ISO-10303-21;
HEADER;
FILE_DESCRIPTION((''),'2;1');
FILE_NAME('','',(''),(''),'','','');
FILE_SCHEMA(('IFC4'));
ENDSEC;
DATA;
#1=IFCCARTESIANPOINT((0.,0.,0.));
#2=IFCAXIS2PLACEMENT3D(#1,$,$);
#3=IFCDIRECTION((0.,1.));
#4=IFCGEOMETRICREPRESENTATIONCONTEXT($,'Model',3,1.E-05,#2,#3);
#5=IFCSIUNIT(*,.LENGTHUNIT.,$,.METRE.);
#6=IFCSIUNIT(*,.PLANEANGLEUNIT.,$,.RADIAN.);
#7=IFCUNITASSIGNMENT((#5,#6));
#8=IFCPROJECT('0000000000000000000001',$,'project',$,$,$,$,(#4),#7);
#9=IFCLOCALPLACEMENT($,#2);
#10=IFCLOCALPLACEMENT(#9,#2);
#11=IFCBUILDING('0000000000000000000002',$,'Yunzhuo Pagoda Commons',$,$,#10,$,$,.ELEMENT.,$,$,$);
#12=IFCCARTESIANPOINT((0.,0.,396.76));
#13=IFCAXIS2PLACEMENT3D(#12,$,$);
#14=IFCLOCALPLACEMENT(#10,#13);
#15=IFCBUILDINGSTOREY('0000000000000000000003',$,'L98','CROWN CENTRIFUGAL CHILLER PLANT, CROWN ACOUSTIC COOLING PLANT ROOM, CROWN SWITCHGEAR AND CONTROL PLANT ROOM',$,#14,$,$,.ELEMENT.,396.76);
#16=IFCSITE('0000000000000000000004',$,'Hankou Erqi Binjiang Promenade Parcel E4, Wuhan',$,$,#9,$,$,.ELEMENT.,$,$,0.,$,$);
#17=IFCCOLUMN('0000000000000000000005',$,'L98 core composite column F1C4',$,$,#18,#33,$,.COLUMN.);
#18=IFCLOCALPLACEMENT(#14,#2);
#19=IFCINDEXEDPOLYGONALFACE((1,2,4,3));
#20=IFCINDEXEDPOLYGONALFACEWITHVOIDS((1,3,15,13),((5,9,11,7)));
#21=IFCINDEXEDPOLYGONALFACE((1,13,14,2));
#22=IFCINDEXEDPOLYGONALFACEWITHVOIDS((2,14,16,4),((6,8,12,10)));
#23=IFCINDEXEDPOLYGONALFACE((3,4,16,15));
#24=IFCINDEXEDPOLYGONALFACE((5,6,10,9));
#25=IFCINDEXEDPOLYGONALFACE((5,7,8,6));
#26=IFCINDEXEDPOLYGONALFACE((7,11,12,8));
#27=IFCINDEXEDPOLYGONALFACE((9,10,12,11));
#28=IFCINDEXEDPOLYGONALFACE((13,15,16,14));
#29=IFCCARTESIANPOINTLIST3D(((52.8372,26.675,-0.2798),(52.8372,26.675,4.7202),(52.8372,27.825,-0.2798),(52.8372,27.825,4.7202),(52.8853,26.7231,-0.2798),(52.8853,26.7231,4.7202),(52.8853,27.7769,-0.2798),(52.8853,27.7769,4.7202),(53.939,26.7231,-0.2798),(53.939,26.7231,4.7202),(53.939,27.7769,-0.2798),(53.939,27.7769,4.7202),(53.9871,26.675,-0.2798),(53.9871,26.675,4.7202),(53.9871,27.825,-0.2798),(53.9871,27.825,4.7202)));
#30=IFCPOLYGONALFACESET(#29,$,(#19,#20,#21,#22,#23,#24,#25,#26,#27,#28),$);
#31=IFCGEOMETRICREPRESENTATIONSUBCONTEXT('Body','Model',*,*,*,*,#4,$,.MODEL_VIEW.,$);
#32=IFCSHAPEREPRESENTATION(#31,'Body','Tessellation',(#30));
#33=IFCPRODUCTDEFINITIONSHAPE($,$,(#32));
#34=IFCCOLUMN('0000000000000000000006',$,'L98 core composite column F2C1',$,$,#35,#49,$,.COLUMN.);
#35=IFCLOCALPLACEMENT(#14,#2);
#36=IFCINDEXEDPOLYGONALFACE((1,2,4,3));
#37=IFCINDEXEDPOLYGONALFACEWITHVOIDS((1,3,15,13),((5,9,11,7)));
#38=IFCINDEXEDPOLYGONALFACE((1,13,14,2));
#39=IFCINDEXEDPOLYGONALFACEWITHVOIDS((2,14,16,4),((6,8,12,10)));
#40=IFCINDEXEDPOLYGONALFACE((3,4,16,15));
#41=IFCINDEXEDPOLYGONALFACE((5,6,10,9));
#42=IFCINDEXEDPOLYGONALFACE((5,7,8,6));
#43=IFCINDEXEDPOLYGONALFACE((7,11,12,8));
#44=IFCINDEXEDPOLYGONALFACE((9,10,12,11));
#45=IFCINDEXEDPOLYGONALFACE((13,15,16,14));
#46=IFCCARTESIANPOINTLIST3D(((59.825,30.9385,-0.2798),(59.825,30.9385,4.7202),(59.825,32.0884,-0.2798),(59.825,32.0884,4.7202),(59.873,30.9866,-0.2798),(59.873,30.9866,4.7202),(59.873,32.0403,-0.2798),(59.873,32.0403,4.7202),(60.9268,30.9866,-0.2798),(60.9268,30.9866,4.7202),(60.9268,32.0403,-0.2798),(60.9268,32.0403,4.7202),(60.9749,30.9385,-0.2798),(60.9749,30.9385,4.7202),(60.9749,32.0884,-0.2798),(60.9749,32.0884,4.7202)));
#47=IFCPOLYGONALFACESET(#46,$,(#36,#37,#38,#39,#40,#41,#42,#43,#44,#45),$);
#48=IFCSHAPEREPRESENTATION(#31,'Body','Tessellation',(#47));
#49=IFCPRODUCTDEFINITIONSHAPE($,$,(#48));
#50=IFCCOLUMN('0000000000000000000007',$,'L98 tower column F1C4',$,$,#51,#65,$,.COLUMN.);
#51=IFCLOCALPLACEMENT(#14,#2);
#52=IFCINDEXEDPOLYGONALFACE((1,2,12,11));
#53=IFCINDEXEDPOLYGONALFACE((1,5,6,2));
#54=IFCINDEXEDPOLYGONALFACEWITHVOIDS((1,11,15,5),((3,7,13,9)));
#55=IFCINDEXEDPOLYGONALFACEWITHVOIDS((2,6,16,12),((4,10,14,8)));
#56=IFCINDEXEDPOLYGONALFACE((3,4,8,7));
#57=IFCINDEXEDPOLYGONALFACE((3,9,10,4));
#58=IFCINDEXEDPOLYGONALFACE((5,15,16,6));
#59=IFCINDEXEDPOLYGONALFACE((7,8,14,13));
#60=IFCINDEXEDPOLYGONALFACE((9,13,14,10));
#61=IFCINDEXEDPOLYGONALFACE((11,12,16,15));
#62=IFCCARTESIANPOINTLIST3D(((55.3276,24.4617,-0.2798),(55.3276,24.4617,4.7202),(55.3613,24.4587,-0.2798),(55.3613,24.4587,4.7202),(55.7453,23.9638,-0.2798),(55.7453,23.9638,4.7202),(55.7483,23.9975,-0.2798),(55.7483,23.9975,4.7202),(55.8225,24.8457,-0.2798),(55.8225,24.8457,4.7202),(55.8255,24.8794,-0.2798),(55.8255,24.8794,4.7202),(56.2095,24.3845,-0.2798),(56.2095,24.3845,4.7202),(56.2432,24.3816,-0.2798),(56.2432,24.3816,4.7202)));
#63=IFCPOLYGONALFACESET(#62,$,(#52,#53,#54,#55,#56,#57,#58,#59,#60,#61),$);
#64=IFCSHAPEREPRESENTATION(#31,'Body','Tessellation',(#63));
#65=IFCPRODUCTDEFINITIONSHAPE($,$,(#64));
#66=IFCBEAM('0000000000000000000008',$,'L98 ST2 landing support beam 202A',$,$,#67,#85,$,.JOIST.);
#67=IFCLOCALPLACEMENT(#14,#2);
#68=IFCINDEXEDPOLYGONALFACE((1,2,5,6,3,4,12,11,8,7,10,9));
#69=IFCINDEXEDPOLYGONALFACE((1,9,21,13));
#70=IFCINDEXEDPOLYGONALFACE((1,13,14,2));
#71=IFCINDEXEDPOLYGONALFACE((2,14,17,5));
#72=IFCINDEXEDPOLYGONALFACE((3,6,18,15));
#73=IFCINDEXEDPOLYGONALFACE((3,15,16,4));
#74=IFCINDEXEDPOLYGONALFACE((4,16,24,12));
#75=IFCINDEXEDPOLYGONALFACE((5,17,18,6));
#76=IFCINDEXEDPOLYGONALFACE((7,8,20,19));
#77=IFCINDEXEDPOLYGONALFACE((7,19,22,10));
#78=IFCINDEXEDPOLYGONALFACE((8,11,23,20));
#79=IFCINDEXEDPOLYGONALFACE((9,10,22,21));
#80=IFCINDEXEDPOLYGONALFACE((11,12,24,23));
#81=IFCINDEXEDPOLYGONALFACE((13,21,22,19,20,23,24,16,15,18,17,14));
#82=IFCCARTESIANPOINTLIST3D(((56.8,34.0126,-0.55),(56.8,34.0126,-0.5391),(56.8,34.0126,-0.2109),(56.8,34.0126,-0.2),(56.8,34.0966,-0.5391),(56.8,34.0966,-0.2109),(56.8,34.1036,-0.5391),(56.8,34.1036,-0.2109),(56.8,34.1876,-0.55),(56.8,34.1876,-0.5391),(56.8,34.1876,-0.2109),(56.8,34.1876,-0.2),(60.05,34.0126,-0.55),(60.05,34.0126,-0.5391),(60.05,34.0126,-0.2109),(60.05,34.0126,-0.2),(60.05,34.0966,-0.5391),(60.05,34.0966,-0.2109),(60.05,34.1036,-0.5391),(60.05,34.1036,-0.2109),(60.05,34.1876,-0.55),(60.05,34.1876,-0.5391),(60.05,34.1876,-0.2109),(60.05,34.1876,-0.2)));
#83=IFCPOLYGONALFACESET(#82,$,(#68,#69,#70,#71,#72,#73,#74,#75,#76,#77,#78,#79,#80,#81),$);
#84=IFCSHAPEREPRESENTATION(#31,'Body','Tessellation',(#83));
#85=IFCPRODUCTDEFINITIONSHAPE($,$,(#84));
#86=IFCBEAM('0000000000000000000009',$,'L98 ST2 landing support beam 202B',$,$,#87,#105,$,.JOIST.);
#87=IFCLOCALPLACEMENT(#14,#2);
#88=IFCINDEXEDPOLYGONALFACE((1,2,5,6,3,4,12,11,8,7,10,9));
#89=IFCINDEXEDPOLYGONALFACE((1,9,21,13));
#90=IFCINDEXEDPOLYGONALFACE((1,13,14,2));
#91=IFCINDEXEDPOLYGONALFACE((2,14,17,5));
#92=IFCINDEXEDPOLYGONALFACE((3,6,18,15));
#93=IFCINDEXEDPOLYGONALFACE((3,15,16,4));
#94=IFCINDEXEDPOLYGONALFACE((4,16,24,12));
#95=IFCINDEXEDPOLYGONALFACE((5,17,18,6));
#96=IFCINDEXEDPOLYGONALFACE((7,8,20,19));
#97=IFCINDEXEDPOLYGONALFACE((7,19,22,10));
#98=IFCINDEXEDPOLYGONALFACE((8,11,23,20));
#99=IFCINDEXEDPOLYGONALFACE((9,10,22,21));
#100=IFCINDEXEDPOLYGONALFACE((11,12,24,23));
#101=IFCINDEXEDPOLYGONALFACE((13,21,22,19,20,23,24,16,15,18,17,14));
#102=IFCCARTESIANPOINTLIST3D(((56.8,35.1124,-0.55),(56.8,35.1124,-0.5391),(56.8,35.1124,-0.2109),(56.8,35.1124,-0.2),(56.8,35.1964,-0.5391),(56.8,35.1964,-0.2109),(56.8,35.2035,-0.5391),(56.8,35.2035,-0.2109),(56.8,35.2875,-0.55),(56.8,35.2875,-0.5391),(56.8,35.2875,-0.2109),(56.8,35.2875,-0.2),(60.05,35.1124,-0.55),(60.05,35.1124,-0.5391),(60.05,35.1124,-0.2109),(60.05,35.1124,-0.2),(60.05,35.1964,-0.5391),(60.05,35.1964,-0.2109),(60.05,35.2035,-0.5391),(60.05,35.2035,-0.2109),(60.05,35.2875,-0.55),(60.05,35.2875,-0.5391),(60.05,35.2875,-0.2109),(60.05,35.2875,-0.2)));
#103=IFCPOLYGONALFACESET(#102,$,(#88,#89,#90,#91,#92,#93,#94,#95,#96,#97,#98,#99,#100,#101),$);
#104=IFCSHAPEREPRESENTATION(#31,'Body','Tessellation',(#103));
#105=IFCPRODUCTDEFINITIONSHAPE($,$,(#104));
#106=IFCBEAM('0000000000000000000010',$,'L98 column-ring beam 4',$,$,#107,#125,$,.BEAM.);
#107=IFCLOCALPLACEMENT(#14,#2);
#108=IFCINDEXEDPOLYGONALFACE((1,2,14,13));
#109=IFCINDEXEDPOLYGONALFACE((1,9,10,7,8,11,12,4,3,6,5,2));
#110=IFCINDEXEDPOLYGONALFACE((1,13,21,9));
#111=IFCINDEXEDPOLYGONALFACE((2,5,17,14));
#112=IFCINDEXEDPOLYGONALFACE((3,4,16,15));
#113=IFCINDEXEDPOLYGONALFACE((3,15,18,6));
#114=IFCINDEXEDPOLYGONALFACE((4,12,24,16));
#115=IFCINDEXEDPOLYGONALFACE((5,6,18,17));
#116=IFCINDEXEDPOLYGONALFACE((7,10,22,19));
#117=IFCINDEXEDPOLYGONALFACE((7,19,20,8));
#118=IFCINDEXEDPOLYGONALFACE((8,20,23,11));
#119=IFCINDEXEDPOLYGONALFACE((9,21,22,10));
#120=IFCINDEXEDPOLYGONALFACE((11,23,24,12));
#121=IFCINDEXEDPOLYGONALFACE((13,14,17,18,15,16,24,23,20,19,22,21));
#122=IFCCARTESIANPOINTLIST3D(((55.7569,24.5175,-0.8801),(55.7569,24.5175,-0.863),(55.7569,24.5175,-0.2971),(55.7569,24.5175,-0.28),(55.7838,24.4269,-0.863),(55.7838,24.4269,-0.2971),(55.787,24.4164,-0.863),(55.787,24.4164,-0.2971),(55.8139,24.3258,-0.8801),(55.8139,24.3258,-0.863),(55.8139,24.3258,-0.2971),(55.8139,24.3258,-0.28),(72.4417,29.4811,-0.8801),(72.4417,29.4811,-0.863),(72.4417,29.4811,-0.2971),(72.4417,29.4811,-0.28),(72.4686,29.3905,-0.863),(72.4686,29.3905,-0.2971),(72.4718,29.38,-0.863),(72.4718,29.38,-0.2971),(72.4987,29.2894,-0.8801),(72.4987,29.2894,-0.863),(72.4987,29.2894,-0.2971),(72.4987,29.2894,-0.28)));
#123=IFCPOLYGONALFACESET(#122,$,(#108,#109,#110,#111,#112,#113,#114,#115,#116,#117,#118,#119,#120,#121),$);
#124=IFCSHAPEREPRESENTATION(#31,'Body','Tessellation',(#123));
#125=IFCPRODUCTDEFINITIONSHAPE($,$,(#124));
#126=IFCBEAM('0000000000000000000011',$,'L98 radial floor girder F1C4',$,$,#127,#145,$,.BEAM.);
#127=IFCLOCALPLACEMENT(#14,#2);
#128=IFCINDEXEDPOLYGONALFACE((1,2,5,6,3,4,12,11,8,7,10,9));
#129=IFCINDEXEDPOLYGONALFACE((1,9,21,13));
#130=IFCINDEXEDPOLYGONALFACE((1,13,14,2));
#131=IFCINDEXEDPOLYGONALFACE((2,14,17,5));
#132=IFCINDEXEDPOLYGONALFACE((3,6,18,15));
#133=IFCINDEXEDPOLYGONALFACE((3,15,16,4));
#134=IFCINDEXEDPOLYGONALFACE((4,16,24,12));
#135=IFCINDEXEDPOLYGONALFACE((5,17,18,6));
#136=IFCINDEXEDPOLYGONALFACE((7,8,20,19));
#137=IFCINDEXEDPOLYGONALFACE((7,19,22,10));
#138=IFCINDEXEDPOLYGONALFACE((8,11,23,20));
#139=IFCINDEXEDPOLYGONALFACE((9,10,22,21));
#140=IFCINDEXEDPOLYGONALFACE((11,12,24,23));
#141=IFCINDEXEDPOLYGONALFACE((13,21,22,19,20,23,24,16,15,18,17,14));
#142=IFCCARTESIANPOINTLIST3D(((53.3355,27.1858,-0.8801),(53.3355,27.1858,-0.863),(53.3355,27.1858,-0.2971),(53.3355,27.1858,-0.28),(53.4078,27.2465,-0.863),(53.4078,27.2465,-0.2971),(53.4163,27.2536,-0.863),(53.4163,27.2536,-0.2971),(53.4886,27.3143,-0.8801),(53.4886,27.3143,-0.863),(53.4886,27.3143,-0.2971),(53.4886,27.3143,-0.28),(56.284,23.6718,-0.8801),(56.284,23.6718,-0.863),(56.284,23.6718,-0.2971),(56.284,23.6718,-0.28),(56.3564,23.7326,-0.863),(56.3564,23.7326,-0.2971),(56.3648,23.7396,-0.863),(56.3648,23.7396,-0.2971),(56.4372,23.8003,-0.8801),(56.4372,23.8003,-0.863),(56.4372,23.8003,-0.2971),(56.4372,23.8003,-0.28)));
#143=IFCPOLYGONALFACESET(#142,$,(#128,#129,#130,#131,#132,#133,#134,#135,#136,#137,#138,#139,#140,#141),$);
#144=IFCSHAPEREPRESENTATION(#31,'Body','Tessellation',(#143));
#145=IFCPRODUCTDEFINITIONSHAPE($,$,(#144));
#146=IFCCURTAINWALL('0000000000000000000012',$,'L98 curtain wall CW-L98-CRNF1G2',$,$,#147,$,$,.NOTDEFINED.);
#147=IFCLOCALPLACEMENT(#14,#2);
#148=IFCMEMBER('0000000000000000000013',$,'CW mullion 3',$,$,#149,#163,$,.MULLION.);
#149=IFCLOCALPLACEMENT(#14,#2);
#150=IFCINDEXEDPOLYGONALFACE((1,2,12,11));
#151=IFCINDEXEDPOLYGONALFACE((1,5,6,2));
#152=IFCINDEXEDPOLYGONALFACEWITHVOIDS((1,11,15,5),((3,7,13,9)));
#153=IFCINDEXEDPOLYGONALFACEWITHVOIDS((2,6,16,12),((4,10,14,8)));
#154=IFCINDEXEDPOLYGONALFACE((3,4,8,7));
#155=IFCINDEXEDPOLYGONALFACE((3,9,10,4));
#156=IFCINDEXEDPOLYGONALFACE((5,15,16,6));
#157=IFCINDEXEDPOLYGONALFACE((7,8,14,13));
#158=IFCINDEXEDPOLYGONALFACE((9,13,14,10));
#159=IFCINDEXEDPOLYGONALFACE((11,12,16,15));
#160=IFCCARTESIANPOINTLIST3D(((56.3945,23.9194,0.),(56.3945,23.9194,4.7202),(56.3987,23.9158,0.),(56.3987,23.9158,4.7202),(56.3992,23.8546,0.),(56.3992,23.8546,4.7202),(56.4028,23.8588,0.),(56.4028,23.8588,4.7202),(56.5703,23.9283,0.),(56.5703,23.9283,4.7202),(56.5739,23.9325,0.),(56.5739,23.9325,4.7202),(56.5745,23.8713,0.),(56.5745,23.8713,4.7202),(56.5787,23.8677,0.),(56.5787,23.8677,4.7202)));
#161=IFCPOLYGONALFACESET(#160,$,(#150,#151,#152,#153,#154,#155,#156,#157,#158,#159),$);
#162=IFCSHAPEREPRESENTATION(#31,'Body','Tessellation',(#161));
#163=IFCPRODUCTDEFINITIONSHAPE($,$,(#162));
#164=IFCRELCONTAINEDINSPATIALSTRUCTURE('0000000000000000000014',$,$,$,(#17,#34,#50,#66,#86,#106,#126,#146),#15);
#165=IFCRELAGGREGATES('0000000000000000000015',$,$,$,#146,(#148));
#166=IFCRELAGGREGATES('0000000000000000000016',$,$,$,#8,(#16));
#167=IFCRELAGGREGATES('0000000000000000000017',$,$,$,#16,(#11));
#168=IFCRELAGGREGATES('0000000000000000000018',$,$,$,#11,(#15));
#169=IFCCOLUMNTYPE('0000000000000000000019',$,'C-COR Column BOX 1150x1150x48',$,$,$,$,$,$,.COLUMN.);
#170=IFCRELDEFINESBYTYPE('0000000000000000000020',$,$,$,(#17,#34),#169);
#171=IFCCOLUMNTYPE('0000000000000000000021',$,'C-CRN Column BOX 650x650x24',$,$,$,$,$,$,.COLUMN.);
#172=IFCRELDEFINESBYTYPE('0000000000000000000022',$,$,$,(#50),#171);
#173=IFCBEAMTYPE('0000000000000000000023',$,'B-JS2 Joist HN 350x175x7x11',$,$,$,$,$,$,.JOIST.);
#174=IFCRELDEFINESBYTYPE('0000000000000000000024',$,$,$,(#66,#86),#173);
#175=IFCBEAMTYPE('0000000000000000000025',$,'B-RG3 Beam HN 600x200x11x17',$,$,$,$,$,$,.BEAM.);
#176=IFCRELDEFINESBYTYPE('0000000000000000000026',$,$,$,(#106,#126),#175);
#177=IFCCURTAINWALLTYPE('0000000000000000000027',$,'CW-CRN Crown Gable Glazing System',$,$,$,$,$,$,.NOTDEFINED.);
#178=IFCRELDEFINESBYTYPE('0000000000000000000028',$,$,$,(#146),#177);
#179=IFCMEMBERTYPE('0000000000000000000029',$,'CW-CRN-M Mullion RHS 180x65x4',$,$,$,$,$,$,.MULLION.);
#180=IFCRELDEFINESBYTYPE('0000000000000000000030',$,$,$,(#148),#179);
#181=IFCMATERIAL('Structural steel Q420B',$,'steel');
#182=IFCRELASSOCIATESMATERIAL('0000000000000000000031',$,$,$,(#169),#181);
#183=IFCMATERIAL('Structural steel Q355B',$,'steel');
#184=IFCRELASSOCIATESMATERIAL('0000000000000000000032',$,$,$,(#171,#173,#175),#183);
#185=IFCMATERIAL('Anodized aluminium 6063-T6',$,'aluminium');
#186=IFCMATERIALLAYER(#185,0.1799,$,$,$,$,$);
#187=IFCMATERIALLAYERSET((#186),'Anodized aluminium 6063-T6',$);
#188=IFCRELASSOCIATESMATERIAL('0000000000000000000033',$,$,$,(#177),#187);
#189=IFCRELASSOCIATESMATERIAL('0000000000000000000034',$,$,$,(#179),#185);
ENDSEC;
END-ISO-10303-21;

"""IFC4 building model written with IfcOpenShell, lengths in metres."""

from ifc_helpers import new_model, si_unit, direction, frame, origin, origin_2d, place, context, subcontext, project, spatial, hollow_rectangle, i_section, extrude, source, transform, mapped, material, layer, layer_set, material_profile, profile_set, type_object, element, aggregate, save


model = new_model("IFC4")

# Units and contexts
model_context = context("Model", 3, precision=1e-05, world=origin(), true_north=direction((0.0, 1.0)))
body_context = subcontext(model_context, "Body", "Model", "MODEL_VIEW")
ifc_project = project(units=[si_unit("LENGTHUNIT", "METRE"), si_unit("PLANEANGLEUNIT", "RADIAN")], contexts=[model_context])

# Site, building, storey
site_placement = place(None, origin())
site = spatial("IfcSite", under=ifc_project, at=site_placement, Name="Hankou Erqi Binjiang Promenade Parcel E4, Wuhan", CompositionType="ELEMENT", RefElevation=0.0)
building_placement = place(site_placement, origin())
building = spatial("IfcBuilding", under=site, at=building_placement, Name="Yunzhuo Pagoda Commons", CompositionType="ELEMENT")
storey_placement = place(building_placement, frame((0.0, 0.0, 396.76)))
storey = spatial("IfcBuildingStorey", under=building, at=storey_placement, Name="L98", Description="CROWN CENTRIFUGAL CHILLER PLANT, CROWN ACOUSTIC COOLING PLANT ROOM, CROWN SWITCHGEAR AND CONTROL PLANT ROOM", CompositionType="ELEMENT", Elevation=396.76)

# Columns
ifc_material_1 = material(Name="Structural steel Q420B", Category="steel")
ifc_material_profile_1 = material_profile(ifc_material_1, hollow_rectangle(XDim=1.1499, YDim=1.1499, WallThickness=0.0481, at=origin_2d()), Name="Structural steel Q420B")
ifc_profile_set_1 = profile_set([ifc_material_profile_1], Name="Structural steel Q420B")
column_type_1 = type_object("IfcColumnType", Name="C-COR Column BOX 1150x1150x48", PredefinedType="COLUMN", material=ifc_profile_set_1)
shared_shape_1 = source(origin(), body_context, "Body", "SweptSolid", [
    extrude(hollow_rectangle(XDim=1.1499, YDim=1.1499, WallThickness=0.0481, at=origin_2d()), origin(), (0.0, 0.0, 1.0), 5.0),
])
for number, where, z_axis, x_axis, name in (
    (1, (53.4121, 27.25, -0.2798), (0.0, 0.0, 1.0), (1.0, 0.0, 0.0), "L98 core composite column F1C4"),
    (2, (60.3999, 31.5134, -0.2798), (0.0, 0.0, 1.0), (1.0, 0.0, 0.0), "L98 core composite column F2C1"),
):
    element("IfcColumn", number, at=place(storey_placement, frame(where, z_axis=z_axis, x_axis=x_axis)), inside=storey, type_object=column_type_1, Name=name, PredefinedType="COLUMN", context=body_context, shape_type="MappedRepresentation", body=[
        mapped(shared_shape_1, transform((0.0, 0.0, 0.0), scale=1.0)),
    ])
ifc_material_2 = material(Name="Structural steel Q355B", Category="steel")
ifc_material_profile_2 = material_profile(ifc_material_2, hollow_rectangle(XDim=0.6499, YDim=0.6499, WallThickness=0.0239, at=origin_2d()), Name="Structural steel Q355B")
ifc_profile_set_2 = profile_set([ifc_material_profile_2], Name="Structural steel Q355B")
column_type_2 = type_object("IfcColumnType", Name="C-CRN Column BOX 650x650x24", PredefinedType="COLUMN", material=ifc_profile_set_2)
shared_shape_2 = source(origin(), body_context, "Body", "SweptSolid", [
    extrude(hollow_rectangle(XDim=0.6499, YDim=0.6499, WallThickness=0.0239, at=origin_2d()), origin(), (0.0, 0.0, 1.0), 5.0),
])
column_placement = place(storey_placement, frame((55.7854, 24.4216, -0.2798), z_axis=(0.0, 0.0, 1.0), x_axis=(0.766044, 0.642788, 0.0)))
element("IfcColumn", 3, at=column_placement, inside=storey, type_object=column_type_2, Name="L98 tower column F1C4", PredefinedType="COLUMN", context=body_context, shape_type="MappedRepresentation", body=[
    mapped(shared_shape_2, transform((0.0, 0.0, 0.0), scale=1.0)),
])

# Beams
ifc_material_profile_3 = material_profile(ifc_material_2, i_section(OverallWidth=0.175, OverallDepth=0.3501, WebThickness=0.0071, FlangeThickness=0.011, at=origin_2d()), Name="Structural steel Q355B")
ifc_profile_set_3 = profile_set([ifc_material_profile_3], Name="Structural steel Q355B")
beam_type_1 = type_object("IfcBeamType", Name="B-JS2 Joist HN 350x175x7x11", PredefinedType="JOIST", material=ifc_profile_set_3)
shared_shape_3 = source(origin(), body_context, "Body", "SweptSolid", [
    extrude(i_section(OverallWidth=0.175, OverallDepth=0.3501, WebThickness=0.0071, FlangeThickness=0.011, at=origin_2d()), origin(), (0.0, 0.0, 1.0), 3.25),
])
for number, where, z_axis, x_axis, name in (
    (4, (56.8, 34.1001, -0.375), (1.0, 0.0, 0.0), (0.0, 1.0, 0.0), "L98 ST2 landing support beam 202A"),
    (5, (56.8, 35.2, -0.375), (1.0, 0.0, 0.0), (0.0, 1.0, 0.0), "L98 ST2 landing support beam 202B"),
):
    element("IfcBeam", number, at=place(storey_placement, frame(where, z_axis=z_axis, x_axis=x_axis)), inside=storey, type_object=beam_type_1, Name=name, PredefinedType="JOIST", context=body_context, shape_type="MappedRepresentation", body=[
        mapped(shared_shape_3, transform((0.0, 0.0, 0.0), scale=1.0)),
    ])
ifc_material_profile_4 = material_profile(ifc_material_2, i_section(OverallWidth=0.2, OverallDepth=0.6001, WebThickness=0.011, FlangeThickness=0.0171, at=origin_2d()), Name="Structural steel Q355B")
ifc_profile_set_4 = profile_set([ifc_material_profile_4], Name="Structural steel Q355B")
beam_type_2 = type_object("IfcBeamType", Name="B-RG3 Beam HN 600x200x11x17", PredefinedType="BEAM", material=ifc_profile_set_4)
shared_shape_4 = source(origin(), body_context, "Body", "SweptSolid", [
    extrude(i_section(OverallWidth=0.2, OverallDepth=0.6001, WebThickness=0.011, FlangeThickness=0.0171, at=origin_2d()), origin(), (0.0, 0.0, 1.0), 17.4075),
])
beam_1_placement = place(storey_placement, frame((55.7854, 24.4216, -0.5801), z_axis=(0.958485, 0.285143, 0.0), x_axis=(-0.285143, 0.958485, 0.0)))
element("IfcBeam", 6, at=beam_1_placement, inside=storey, type_object=beam_type_2, Name="L98 column-ring beam 4", PredefinedType="BEAM", context=body_context, shape_type="MappedRepresentation", body=[
    mapped(shared_shape_4, transform((0.0, 0.0, 0.0), scale=1.0)),
])
shared_shape_5 = source(origin(), body_context, "Body", "SweptSolid", [
    extrude(i_section(OverallWidth=0.2, OverallDepth=0.6001, WebThickness=0.011, FlangeThickness=0.0171, at=origin_2d()), origin(), (0.0, 0.0, 1.0), 4.5872),
])
beam_2_placement = place(storey_placement, frame((56.3606, 23.7361, -0.5801), z_axis=(-0.642783, 0.766049, 0.0), x_axis=(-0.766049, -0.642783, 0.0)))
element("IfcBeam", 7, at=beam_2_placement, inside=storey, type_object=beam_type_2, Name="L98 radial floor girder F1C4", PredefinedType="BEAM", context=body_context, shape_type="MappedRepresentation", body=[
    mapped(shared_shape_5, transform((0.0, 0.0, 0.0), scale=1.0)),
])

# Curtain wall, member
ifc_material_3 = material(Name="Anodized aluminium 6063-T6", Category="aluminium")
ifc_layer_1 = layer(ifc_material_3, 0.1799)
ifc_layer_set_1 = layer_set([ifc_layer_1], Name="Anodized aluminium 6063-T6")
curtain_wall_type = type_object("IfcCurtainWallType", Name="CW-CRN Crown Gable Glazing System", PredefinedType="NOTDEFINED", material=ifc_layer_set_1)
curtain_wall_placement = place(storey_placement, origin())
curtain_wall = element("IfcCurtainWall", 8, at=curtain_wall_placement, inside=storey, type_object=curtain_wall_type, Name="L98 curtain wall CW-L98-CRNF1G2", PredefinedType="NOTDEFINED")
ifc_material_profile_5 = material_profile(ifc_material_3, hollow_rectangle(XDim=0.0649, YDim=0.1799, WallThickness=0.0039, at=origin_2d()), Name="Anodized aluminium 6063-T6")
ifc_profile_set_5 = profile_set([ifc_material_profile_5], Name="Anodized aluminium 6063-T6")
member_type_1 = type_object("IfcMemberType", Name="CW-CRN-M Mullion RHS 180x65x4", PredefinedType="MULLION", material=ifc_profile_set_5)
shared_shape_6 = source(origin(), body_context, "Body", "SweptSolid", [
    extrude(hollow_rectangle(XDim=0.0649, YDim=0.1799, WallThickness=0.0039, at=origin_2d()), origin(), (0.0, 0.0, 1.0), 4.7202),
])
member_1_placement = place(storey_placement, frame((56.4866, 23.8936, 0.0), z_axis=(0.0, 0.0, 1.0), x_axis=(-0.072796, 0.997347, 0.0)))
member_1 = element("IfcMember", 9, at=member_1_placement, type_object=member_type_1, Name="CW mullion 3", PredefinedType="MULLION", context=body_context, shape_type="MappedRepresentation", body=[
    mapped(shared_shape_6, transform((0.0, 0.0, 0.0), scale=1.0)),
])
aggregate(curtain_wall, [member_1])

save(model, "model.ifc")
